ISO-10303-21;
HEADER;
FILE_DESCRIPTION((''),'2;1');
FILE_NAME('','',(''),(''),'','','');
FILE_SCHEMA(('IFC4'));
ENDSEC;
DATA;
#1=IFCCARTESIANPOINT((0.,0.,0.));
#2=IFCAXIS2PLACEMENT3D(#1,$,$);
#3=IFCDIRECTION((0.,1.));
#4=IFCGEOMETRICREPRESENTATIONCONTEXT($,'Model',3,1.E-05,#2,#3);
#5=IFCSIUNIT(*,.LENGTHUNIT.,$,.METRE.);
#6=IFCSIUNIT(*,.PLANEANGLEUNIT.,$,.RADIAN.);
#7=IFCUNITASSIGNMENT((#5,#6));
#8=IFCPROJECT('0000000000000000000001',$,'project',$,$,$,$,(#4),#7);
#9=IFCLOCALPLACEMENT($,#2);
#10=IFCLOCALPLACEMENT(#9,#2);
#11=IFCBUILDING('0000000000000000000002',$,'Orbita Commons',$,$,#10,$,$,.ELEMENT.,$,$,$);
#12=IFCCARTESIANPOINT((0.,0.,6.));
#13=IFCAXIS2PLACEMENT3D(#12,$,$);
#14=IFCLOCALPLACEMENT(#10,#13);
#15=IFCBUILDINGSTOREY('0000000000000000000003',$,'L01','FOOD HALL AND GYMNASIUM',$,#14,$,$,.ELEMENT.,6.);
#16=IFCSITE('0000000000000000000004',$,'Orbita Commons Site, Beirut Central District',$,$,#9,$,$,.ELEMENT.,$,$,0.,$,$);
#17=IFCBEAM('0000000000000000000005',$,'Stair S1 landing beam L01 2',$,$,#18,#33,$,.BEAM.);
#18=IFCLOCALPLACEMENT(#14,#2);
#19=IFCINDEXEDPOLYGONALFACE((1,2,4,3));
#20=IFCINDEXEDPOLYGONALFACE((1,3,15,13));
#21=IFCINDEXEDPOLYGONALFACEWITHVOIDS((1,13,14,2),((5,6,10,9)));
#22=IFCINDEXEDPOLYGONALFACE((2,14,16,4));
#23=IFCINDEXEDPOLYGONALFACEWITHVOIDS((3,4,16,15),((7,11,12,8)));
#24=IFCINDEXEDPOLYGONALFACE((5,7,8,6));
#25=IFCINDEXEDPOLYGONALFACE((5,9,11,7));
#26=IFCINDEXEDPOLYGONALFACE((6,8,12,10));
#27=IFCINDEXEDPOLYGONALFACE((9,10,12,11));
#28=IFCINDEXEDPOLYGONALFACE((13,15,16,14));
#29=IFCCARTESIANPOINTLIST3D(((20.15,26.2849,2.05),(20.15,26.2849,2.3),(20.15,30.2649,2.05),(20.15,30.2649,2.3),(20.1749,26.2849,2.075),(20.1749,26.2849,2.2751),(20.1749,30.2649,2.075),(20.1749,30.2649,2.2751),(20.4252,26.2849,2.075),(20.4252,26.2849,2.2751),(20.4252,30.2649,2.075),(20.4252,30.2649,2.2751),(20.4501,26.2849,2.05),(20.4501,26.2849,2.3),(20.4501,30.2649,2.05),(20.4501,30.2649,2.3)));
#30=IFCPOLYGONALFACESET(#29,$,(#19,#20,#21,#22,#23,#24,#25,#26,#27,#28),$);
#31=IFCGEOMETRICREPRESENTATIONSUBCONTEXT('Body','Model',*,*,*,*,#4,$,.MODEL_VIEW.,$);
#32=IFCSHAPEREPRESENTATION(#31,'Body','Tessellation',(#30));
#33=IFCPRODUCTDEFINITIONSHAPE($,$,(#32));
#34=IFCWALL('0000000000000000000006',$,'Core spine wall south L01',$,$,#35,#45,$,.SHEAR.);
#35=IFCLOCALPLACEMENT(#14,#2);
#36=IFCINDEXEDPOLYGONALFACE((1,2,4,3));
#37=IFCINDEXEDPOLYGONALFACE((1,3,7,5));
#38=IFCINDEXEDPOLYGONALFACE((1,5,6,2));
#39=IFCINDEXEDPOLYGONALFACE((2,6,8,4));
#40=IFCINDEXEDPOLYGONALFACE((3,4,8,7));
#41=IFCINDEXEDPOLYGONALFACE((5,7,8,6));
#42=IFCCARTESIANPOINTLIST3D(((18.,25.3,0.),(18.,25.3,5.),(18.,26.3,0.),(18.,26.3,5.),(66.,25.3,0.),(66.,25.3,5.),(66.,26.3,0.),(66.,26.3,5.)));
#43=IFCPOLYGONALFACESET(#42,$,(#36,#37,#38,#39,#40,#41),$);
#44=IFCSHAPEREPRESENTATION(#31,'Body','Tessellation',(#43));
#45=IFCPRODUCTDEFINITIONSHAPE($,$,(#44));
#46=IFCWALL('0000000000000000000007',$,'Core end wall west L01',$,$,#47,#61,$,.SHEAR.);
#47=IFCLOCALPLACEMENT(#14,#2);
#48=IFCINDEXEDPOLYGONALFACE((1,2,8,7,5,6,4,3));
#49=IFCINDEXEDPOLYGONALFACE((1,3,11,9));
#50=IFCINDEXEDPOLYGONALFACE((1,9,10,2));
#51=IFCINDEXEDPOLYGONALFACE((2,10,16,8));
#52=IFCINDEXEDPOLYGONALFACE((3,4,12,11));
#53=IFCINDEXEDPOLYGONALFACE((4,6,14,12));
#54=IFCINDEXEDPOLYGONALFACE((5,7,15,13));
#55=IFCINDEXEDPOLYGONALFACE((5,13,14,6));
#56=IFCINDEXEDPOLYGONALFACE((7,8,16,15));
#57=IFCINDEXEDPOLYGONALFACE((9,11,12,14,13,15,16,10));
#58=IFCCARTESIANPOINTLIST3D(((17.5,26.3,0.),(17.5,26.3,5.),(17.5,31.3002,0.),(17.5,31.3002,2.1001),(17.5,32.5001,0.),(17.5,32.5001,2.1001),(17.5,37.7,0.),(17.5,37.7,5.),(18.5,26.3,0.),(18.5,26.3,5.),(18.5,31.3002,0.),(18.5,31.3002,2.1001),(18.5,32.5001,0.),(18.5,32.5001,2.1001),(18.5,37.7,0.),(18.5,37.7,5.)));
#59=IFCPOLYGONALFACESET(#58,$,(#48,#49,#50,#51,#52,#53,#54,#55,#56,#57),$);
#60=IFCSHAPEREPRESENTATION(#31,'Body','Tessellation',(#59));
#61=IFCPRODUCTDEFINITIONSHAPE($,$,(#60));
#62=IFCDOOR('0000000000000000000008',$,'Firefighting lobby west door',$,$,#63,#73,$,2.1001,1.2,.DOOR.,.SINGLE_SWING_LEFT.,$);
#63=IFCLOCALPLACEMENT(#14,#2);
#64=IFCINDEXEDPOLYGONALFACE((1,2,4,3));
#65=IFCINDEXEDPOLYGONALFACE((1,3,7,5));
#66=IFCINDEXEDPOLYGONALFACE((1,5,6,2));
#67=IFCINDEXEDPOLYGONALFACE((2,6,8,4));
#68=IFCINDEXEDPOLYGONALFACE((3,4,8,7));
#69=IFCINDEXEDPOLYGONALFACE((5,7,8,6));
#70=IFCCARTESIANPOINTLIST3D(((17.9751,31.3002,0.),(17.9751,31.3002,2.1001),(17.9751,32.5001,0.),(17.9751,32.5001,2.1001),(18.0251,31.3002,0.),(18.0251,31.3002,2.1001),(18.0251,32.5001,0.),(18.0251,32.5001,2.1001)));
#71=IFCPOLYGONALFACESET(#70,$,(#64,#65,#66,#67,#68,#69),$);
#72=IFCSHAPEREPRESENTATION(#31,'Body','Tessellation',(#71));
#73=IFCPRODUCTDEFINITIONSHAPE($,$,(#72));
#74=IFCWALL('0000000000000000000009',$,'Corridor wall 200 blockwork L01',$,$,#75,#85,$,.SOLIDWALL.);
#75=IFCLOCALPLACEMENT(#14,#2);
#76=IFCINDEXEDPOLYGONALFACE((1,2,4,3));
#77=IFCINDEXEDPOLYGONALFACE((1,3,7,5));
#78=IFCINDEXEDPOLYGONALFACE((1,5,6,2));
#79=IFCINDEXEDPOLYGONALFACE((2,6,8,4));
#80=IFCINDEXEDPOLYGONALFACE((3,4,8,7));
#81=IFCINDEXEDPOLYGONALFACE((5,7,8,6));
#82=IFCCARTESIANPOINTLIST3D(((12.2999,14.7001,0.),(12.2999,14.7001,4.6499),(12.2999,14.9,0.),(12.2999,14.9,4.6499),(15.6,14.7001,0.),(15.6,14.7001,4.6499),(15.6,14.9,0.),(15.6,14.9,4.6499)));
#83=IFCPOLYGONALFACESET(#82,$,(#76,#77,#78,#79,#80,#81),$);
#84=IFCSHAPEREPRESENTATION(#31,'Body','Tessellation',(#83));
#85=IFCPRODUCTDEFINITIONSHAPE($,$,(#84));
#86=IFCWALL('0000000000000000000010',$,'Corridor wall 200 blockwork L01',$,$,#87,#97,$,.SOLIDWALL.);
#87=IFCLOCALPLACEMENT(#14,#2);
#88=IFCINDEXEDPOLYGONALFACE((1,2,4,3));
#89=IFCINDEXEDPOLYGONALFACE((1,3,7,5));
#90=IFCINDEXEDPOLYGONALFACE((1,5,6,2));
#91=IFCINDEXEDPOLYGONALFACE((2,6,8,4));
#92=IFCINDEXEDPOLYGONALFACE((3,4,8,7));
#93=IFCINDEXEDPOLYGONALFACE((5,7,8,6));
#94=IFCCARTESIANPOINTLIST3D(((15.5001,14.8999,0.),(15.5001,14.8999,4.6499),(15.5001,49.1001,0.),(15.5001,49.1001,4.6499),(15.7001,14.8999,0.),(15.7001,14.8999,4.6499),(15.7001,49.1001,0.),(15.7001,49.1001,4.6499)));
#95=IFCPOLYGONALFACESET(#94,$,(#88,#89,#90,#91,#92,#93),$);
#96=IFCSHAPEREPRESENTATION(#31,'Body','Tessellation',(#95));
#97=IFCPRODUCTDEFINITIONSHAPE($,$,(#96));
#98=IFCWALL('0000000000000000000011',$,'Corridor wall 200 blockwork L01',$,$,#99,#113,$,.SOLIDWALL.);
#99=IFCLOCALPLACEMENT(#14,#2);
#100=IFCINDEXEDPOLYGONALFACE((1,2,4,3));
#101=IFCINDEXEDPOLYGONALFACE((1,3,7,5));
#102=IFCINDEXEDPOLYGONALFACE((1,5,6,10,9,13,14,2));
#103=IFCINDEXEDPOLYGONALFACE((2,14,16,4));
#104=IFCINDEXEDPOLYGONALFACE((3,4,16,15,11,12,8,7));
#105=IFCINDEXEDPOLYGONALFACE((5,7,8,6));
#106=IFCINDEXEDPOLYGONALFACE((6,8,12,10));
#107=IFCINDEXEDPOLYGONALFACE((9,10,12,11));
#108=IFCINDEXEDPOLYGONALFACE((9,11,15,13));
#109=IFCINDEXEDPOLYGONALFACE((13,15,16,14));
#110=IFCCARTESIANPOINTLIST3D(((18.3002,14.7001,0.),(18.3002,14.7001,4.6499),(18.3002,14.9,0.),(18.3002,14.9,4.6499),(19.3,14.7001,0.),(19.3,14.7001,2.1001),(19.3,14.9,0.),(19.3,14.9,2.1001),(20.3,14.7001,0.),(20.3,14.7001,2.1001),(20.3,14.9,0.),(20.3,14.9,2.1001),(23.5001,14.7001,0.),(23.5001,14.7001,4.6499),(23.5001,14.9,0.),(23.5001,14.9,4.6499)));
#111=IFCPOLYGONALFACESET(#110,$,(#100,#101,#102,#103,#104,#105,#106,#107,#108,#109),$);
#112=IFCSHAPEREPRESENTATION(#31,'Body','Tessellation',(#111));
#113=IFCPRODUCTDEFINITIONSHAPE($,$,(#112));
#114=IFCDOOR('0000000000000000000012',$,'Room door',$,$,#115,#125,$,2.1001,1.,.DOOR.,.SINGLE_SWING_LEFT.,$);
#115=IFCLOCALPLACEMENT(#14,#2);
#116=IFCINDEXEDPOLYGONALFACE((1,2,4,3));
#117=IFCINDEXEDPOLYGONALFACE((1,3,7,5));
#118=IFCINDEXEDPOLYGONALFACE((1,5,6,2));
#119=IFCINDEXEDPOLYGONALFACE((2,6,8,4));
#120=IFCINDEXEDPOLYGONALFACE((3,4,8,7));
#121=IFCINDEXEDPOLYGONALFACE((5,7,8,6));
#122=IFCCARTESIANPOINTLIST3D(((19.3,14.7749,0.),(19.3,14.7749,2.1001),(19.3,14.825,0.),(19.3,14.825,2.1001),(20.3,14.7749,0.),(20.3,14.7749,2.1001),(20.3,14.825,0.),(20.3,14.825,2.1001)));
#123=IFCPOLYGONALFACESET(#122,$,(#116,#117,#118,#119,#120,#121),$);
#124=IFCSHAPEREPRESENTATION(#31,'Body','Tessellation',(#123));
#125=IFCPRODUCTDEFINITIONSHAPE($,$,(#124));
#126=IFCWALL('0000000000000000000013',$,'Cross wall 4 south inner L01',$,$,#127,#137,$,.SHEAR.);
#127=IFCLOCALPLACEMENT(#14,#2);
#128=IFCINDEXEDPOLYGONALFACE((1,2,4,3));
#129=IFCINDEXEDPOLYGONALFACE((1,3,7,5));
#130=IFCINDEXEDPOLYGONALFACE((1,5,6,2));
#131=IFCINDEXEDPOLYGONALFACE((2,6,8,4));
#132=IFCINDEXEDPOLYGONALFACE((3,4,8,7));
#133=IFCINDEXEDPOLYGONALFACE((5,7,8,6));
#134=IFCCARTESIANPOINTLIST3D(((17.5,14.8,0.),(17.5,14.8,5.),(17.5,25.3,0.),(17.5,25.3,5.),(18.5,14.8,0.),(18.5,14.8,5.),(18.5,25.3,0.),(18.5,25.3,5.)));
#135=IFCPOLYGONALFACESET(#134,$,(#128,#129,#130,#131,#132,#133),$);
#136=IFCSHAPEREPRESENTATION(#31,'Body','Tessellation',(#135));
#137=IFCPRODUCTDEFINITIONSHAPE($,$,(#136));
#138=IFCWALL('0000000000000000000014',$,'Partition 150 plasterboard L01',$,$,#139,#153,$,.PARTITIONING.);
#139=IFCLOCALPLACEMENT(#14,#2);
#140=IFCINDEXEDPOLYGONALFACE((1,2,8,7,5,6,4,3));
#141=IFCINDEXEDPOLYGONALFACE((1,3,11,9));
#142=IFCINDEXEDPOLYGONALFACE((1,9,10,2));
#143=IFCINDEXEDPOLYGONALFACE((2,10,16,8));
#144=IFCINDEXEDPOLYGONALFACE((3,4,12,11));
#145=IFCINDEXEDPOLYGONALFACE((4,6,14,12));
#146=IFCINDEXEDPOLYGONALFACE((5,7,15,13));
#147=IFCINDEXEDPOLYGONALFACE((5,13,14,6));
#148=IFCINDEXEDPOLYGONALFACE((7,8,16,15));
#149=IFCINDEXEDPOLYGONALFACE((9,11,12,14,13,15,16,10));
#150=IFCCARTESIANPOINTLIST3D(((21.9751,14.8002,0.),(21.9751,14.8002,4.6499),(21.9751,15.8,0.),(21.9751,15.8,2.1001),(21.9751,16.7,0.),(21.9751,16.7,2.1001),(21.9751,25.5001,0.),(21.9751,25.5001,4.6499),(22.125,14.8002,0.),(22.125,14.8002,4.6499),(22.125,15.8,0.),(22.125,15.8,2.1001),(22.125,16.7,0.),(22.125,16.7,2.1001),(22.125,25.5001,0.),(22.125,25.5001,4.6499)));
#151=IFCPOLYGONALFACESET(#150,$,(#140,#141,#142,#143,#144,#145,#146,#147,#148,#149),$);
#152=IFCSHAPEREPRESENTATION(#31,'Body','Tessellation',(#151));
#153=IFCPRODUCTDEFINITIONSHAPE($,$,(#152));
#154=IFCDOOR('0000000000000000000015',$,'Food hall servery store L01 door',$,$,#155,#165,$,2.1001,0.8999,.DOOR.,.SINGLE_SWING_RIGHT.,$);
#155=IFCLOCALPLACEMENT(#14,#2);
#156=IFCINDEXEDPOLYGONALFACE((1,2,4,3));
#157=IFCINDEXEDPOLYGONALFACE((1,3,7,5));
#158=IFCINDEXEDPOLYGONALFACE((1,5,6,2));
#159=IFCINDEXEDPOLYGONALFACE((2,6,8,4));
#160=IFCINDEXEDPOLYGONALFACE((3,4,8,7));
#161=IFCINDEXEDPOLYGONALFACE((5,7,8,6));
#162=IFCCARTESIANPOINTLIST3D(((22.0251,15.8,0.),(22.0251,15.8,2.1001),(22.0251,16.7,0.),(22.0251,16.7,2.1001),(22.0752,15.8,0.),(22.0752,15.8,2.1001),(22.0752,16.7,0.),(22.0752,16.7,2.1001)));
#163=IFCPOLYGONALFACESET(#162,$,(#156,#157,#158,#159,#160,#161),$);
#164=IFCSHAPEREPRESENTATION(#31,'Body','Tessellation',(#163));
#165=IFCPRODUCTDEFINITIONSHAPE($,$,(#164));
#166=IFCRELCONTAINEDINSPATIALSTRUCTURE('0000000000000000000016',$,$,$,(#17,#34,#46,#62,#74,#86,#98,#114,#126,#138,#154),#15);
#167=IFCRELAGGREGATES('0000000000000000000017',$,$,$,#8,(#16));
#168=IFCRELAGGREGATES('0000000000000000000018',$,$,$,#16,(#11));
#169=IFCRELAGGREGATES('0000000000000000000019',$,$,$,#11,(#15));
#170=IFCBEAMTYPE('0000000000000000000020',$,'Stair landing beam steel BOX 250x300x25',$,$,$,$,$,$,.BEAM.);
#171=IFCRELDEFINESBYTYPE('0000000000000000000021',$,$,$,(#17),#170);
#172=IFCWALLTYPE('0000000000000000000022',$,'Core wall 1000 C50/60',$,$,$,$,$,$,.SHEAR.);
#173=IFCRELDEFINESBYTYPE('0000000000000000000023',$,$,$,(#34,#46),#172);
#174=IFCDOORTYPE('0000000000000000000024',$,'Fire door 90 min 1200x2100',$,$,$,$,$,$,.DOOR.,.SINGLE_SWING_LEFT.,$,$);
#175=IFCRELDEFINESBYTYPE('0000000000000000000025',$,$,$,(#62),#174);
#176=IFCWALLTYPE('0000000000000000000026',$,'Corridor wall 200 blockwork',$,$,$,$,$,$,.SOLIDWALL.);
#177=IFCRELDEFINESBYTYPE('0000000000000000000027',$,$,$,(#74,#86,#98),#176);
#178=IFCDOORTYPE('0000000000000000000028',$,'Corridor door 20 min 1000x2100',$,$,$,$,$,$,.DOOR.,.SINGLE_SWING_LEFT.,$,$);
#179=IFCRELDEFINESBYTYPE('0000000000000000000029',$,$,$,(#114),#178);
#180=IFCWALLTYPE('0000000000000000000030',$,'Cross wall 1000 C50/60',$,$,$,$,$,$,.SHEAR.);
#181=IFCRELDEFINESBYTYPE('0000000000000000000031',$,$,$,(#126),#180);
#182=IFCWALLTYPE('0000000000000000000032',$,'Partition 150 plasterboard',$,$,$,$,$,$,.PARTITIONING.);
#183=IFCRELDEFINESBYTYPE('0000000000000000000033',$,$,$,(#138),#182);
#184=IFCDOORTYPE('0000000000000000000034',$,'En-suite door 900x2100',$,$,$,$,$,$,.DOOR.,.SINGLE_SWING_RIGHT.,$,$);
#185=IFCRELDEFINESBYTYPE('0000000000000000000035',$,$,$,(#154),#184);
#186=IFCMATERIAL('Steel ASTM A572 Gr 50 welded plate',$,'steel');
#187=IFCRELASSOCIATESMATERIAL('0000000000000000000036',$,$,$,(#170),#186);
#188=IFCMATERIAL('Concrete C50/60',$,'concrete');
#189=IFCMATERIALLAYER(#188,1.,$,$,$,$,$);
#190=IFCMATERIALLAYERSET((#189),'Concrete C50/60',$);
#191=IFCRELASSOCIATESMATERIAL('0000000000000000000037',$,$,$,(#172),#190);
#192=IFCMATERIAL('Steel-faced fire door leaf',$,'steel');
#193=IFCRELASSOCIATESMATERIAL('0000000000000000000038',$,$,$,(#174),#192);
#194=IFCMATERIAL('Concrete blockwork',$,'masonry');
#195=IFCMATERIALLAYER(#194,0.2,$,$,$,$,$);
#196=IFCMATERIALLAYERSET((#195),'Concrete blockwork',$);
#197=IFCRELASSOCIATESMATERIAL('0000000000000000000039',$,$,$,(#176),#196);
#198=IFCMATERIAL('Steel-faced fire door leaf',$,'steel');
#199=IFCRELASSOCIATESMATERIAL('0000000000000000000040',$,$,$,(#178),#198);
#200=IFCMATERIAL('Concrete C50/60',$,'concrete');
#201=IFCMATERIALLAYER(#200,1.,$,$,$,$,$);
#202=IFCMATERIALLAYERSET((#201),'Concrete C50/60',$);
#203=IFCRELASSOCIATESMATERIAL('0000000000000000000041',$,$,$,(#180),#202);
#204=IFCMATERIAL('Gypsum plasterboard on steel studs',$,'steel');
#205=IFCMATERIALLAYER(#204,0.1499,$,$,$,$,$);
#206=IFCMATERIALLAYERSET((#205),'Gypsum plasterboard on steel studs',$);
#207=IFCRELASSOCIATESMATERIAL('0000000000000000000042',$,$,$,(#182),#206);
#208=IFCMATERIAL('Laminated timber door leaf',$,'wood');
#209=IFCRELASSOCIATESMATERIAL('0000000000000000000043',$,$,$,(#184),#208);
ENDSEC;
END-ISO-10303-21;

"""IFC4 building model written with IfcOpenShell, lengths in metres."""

from ifc_helpers import new_model, si_unit, direction, frame, frame_2d, origin, origin_2d, place, context, subcontext, project, spatial, rectangle, hollow_rectangle, extrude, material, layer, layer_set, material_profile, profile_set, type_object, element, fill, save


model = new_model("IFC4")

# Units and contexts
model_context = context("Model", 3, precision=1e-05, world=origin(), true_north=direction((0.0, 1.0)))
body_context = subcontext(model_context, "Body", "Model", "MODEL_VIEW")
ifc_project = project(units=[si_unit("LENGTHUNIT", "METRE"), si_unit("PLANEANGLEUNIT", "RADIAN")], contexts=[model_context])

# Site, building, storey
site_placement = place(None, origin())
site = spatial("IfcSite", under=ifc_project, at=site_placement, Name="Orbita Commons Site, Beirut Central District", CompositionType="ELEMENT", RefElevation=0.0)
building_placement = place(site_placement, origin())
building = spatial("IfcBuilding", under=site, at=building_placement, Name="Orbita Commons", CompositionType="ELEMENT")
storey_placement = place(building_placement, frame((0.0, 0.0, 6.0)))
storey = spatial("IfcBuildingStorey", under=building, at=storey_placement, Name="L01", Description="FOOD HALL AND GYMNASIUM", CompositionType="ELEMENT", Elevation=6.0)

# Beam
ifc_material_1 = material(Name="Steel ASTM A572 Gr 50 welded plate", Category="steel")
ifc_material_profile = material_profile(ifc_material_1, hollow_rectangle(XDim=0.3, YDim=0.25, WallThickness=0.0249, at=origin_2d()), Name="BOX 250x300x25")
ifc_profile_set = profile_set([ifc_material_profile], Name="Steel ASTM A572 Gr 50 welded plate")
beam_type = type_object("IfcBeamType", Name="Stair landing beam steel BOX 250x300x25", PredefinedType="BEAM", material=ifc_profile_set)
beam_placement = place(storey_placement, frame((20.3, 26.2849, 2.175), z_axis=(0.0, 1.0, 0.0), x_axis=(-1.0, 0.0, 0.0)))
element("IfcBeam", 1, at=beam_placement, inside=storey, type_object=beam_type, Name="Stair S1 landing beam L01 2", PredefinedType="BEAM", context=body_context, shape_type="SweptSolid", body=[
    extrude(hollow_rectangle(XDim=0.3, YDim=0.25, WallThickness=0.0249, at=origin_2d()), origin(), (0.0, 0.0, 1.0), 3.98),
])

# Wall
ifc_material_2 = material(Name="Concrete C50/60", Category="concrete")
ifc_layer_1 = layer(ifc_material_2, 1.0)
ifc_layer_set_1 = layer_set([ifc_layer_1], Name="Concrete C50/60")
wall_type_1 = type_object("IfcWallType", Name="Core wall 1000 C50/60", PredefinedType="SHEAR", material=ifc_layer_set_1)
wall_1_placement = place(storey_placement, frame((18.0, 25.8, 0.0), z_axis=(0.0, 0.0, 1.0), x_axis=(1.0, 0.0, 0.0)))
element("IfcWall", 2, at=wall_1_placement, inside=storey, type_object=wall_type_1, Name="Core spine wall south L01", PredefinedType="SHEAR", context=body_context, shape_type="SweptSolid", body=[
    extrude(rectangle(XDim=48.0, YDim=1.0, at=frame_2d((24.0, 0.0))), origin(), (0.0, 0.0, 1.0), 5.0),
])

# Wall, opening, door
wall_2_placement = place(storey_placement, frame((18.0, 26.3, 0.0), z_axis=(0.0, 0.0, 1.0), x_axis=(0.0, 1.0, 0.0)))
wall_2 = element("IfcWall", 3, at=wall_2_placement, inside=storey, type_object=wall_type_1, Name="Core end wall west L01", PredefinedType="SHEAR", context=body_context, shape_type="SweptSolid", body=[
    extrude(rectangle(XDim=11.3999, YDim=1.0, at=frame_2d((5.7, 0.0))), origin(), (0.0, 0.0, 1.0), 5.0),
])
opening_1_placement = place(wall_2_placement, frame((5.0, 0.0, 0.0)))
opening_1 = element("IfcOpeningElement", 4, at=opening_1_placement, cuts=wall_2, PredefinedType="OPENING", context=body_context, shape_type="SweptSolid", body=[
    extrude(rectangle(XDim=1.2, YDim=2.1001, at=frame_2d((0.6001, 1.05))), frame((0.0, 0.51, 0.0), z_axis=(0.0, -1.0, 0.0), x_axis=(1.0, 0.0, 0.0)), (0.0, 0.0, 1.0), 1.02),
])
ifc_material_3 = material(Name="Steel-faced fire door leaf", Category="steel")
door_type_1 = type_object("IfcDoorType", Name="Fire door 90 min 1200x2100", OperationType="SINGLE_SWING_LEFT", PredefinedType="DOOR", material=ifc_material_3)
door_1_placement = place(opening_1_placement, origin())
door_1 = element("IfcDoor", 5, at=door_1_placement, inside=storey, type_object=door_type_1, Name="Firefighting lobby west door", OperationType="SINGLE_SWING_LEFT", OverallHeight=2.1001, OverallWidth=1.2, PredefinedType="DOOR", context=body_context, shape_type="SweptSolid", body=[
    extrude(rectangle(XDim=1.2, YDim=2.1001, at=frame_2d((0.6001, 1.05))), frame((0.0, 0.0249, 0.0), z_axis=(0.0, -1.0, 0.0), x_axis=(1.0, 0.0, 0.0)), (0.0, 0.0, 1.0), 0.05),
])
fill(opening_1, door_1)

# Walls
ifc_material_4 = material(Name="Concrete blockwork", Category="masonry")
ifc_layer_2 = layer(ifc_material_4, 0.2)
ifc_layer_set_2 = layer_set([ifc_layer_2], Name="Concrete blockwork")
wall_type_2 = type_object("IfcWallType", Name="Corridor wall 200 blockwork", PredefinedType="SOLIDWALL", material=ifc_layer_set_2)
wall_3_placement = place(storey_placement, frame((12.3, 14.8, 0.0), z_axis=(0.0, 0.0, 1.0), x_axis=(1.0, 0.0, 0.0)))
element("IfcWall", 6, at=wall_3_placement, inside=storey, type_object=wall_type_2, Name="Corridor wall 200 blockwork L01", PredefinedType="SOLIDWALL", context=body_context, shape_type="SweptSolid", body=[
    extrude(rectangle(XDim=3.3, YDim=0.2, at=frame_2d((1.6499, 0.0))), origin(), (0.0, 0.0, 1.0), 4.6499),
])
wall_4_placement = place(storey_placement, frame((15.6001, 14.8999, 0.0), z_axis=(0.0, 0.0, 1.0), x_axis=(0.0, 1.0, 0.0)))
element("IfcWall", 7, at=wall_4_placement, inside=storey, type_object=wall_type_2, Name="Corridor wall 200 blockwork L01", PredefinedType="SOLIDWALL", context=body_context, shape_type="SweptSolid", body=[
    extrude(rectangle(XDim=34.2002, YDim=0.2, at=frame_2d((17.1001, 0.0))), origin(), (0.0, 0.0, 1.0), 4.6499),
])

# Wall, opening, door
wall_5_placement = place(storey_placement, frame((18.3, 14.8, 0.0), z_axis=(0.0, 0.0, 1.0), x_axis=(1.0, 0.0, 0.0)))
wall_5 = element("IfcWall", 8, at=wall_5_placement, inside=storey, type_object=wall_type_2, Name="Corridor wall 200 blockwork L01", PredefinedType="SOLIDWALL", context=body_context, shape_type="SweptSolid", body=[
    extrude(rectangle(XDim=5.2, YDim=0.2, at=frame_2d((2.6001, 0.0))), origin(), (0.0, 0.0, 1.0), 4.6499),
])
opening_2_placement = place(wall_5_placement, frame((1.0, 0.0, 0.0)))
opening_2 = element("IfcOpeningElement", 9, at=opening_2_placement, cuts=wall_5, PredefinedType="OPENING", context=body_context, shape_type="SweptSolid", body=[
    extrude(rectangle(XDim=1.0, YDim=2.1001, at=frame_2d((0.5, 1.05))), frame((0.0, 0.1099, 0.0), z_axis=(0.0, -1.0, 0.0), x_axis=(1.0, 0.0, 0.0)), (0.0, 0.0, 1.0), 0.22),
])
ifc_material_5 = material(Name="Steel-faced fire door leaf", Category="steel")
door_type_2 = type_object("IfcDoorType", Name="Corridor door 20 min 1000x2100", OperationType="SINGLE_SWING_LEFT", PredefinedType="DOOR", material=ifc_material_5)
door_2_placement = place(opening_2_placement, origin())
door_2 = element("IfcDoor", 10, at=door_2_placement, inside=storey, type_object=door_type_2, Name="Room door", OperationType="SINGLE_SWING_LEFT", OverallHeight=2.1001, OverallWidth=1.0, PredefinedType="DOOR", context=body_context, shape_type="SweptSolid", body=[
    extrude(rectangle(XDim=1.0, YDim=2.1001, at=frame_2d((0.5, 1.05))), frame((0.0, 0.0249, 0.0), z_axis=(0.0, -1.0, 0.0), x_axis=(1.0, 0.0, 0.0)), (0.0, 0.0, 1.0), 0.05),
])
fill(opening_2, door_2)

# Wall
ifc_material_6 = material(Name="Concrete C50/60", Category="concrete")
ifc_layer_3 = layer(ifc_material_6, 1.0)
ifc_layer_set_3 = layer_set([ifc_layer_3], Name="Concrete C50/60")
wall_type_3 = type_object("IfcWallType", Name="Cross wall 1000 C50/60", PredefinedType="SHEAR", material=ifc_layer_set_3)
wall_6_placement = place(storey_placement, frame((18.0, 14.8, 0.0), z_axis=(0.0, 0.0, 1.0), x_axis=(0.0, 1.0, 0.0)))
element("IfcWall", 11, at=wall_6_placement, inside=storey, type_object=wall_type_3, Name="Cross wall 4 south inner L01", PredefinedType="SHEAR", context=body_context, shape_type="SweptSolid", body=[
    extrude(rectangle(XDim=10.5, YDim=1.0, at=frame_2d((5.25, 0.0))), origin(), (0.0, 0.0, 1.0), 5.0),
])

# Wall, opening, door
ifc_material_7 = material(Name="Gypsum plasterboard on steel studs", Category="steel")
ifc_layer_4 = layer(ifc_material_7, 0.1499)
ifc_layer_set_4 = layer_set([ifc_layer_4], Name="Gypsum plasterboard on steel studs")
wall_type_4 = type_object("IfcWallType", Name="Partition 150 plasterboard", PredefinedType="PARTITIONING", material=ifc_layer_set_4)
wall_7_placement = place(storey_placement, frame((22.05, 14.8, 0.0), z_axis=(0.0, 0.0, 1.0), x_axis=(0.0, 1.0, 0.0)))
wall_7 = element("IfcWall", 12, at=wall_7_placement, inside=storey, type_object=wall_type_4, Name="Partition 150 plasterboard L01", PredefinedType="PARTITIONING", context=body_context, shape_type="SweptSolid", body=[
    extrude(rectangle(XDim=10.7, YDim=0.1499, at=frame_2d((5.3501, 0.0))), origin(), (0.0, 0.0, 1.0), 4.6499),
])
opening_3_placement = place(wall_7_placement, frame((1.0, 0.0, 0.0)))
opening_3 = element("IfcOpeningElement", 13, at=opening_3_placement, cuts=wall_7, PredefinedType="OPENING", context=body_context, shape_type="SweptSolid", body=[
    extrude(rectangle(XDim=0.8999, YDim=2.1001, at=frame_2d((0.45, 1.05))), frame((0.0, 0.085, 0.0), z_axis=(0.0, -1.0, 0.0), x_axis=(1.0, 0.0, 0.0)), (0.0, 0.0, 1.0), 0.1699),
])
ifc_material_8 = material(Name="Laminated timber door leaf", Category="wood")
door_type_3 = type_object("IfcDoorType", Name="En-suite door 900x2100", OperationType="SINGLE_SWING_RIGHT", PredefinedType="DOOR", material=ifc_material_8)
door_3_placement = place(opening_3_placement, origin())
door_3 = element("IfcDoor", 14, at=door_3_placement, inside=storey, type_object=door_type_3, Name="Food hall servery store L01 door", OperationType="SINGLE_SWING_RIGHT", OverallHeight=2.1001, OverallWidth=0.8999, PredefinedType="DOOR", context=body_context, shape_type="SweptSolid", body=[
    extrude(rectangle(XDim=0.8999, YDim=2.1001, at=frame_2d((0.45, 1.05))), frame((0.0, 0.0249, 0.0), z_axis=(0.0, -1.0, 0.0), x_axis=(1.0, 0.0, 0.0)), (0.0, 0.0, 1.0), 0.05),
])
fill(opening_3, door_3)

save(model, "model.ifc")
